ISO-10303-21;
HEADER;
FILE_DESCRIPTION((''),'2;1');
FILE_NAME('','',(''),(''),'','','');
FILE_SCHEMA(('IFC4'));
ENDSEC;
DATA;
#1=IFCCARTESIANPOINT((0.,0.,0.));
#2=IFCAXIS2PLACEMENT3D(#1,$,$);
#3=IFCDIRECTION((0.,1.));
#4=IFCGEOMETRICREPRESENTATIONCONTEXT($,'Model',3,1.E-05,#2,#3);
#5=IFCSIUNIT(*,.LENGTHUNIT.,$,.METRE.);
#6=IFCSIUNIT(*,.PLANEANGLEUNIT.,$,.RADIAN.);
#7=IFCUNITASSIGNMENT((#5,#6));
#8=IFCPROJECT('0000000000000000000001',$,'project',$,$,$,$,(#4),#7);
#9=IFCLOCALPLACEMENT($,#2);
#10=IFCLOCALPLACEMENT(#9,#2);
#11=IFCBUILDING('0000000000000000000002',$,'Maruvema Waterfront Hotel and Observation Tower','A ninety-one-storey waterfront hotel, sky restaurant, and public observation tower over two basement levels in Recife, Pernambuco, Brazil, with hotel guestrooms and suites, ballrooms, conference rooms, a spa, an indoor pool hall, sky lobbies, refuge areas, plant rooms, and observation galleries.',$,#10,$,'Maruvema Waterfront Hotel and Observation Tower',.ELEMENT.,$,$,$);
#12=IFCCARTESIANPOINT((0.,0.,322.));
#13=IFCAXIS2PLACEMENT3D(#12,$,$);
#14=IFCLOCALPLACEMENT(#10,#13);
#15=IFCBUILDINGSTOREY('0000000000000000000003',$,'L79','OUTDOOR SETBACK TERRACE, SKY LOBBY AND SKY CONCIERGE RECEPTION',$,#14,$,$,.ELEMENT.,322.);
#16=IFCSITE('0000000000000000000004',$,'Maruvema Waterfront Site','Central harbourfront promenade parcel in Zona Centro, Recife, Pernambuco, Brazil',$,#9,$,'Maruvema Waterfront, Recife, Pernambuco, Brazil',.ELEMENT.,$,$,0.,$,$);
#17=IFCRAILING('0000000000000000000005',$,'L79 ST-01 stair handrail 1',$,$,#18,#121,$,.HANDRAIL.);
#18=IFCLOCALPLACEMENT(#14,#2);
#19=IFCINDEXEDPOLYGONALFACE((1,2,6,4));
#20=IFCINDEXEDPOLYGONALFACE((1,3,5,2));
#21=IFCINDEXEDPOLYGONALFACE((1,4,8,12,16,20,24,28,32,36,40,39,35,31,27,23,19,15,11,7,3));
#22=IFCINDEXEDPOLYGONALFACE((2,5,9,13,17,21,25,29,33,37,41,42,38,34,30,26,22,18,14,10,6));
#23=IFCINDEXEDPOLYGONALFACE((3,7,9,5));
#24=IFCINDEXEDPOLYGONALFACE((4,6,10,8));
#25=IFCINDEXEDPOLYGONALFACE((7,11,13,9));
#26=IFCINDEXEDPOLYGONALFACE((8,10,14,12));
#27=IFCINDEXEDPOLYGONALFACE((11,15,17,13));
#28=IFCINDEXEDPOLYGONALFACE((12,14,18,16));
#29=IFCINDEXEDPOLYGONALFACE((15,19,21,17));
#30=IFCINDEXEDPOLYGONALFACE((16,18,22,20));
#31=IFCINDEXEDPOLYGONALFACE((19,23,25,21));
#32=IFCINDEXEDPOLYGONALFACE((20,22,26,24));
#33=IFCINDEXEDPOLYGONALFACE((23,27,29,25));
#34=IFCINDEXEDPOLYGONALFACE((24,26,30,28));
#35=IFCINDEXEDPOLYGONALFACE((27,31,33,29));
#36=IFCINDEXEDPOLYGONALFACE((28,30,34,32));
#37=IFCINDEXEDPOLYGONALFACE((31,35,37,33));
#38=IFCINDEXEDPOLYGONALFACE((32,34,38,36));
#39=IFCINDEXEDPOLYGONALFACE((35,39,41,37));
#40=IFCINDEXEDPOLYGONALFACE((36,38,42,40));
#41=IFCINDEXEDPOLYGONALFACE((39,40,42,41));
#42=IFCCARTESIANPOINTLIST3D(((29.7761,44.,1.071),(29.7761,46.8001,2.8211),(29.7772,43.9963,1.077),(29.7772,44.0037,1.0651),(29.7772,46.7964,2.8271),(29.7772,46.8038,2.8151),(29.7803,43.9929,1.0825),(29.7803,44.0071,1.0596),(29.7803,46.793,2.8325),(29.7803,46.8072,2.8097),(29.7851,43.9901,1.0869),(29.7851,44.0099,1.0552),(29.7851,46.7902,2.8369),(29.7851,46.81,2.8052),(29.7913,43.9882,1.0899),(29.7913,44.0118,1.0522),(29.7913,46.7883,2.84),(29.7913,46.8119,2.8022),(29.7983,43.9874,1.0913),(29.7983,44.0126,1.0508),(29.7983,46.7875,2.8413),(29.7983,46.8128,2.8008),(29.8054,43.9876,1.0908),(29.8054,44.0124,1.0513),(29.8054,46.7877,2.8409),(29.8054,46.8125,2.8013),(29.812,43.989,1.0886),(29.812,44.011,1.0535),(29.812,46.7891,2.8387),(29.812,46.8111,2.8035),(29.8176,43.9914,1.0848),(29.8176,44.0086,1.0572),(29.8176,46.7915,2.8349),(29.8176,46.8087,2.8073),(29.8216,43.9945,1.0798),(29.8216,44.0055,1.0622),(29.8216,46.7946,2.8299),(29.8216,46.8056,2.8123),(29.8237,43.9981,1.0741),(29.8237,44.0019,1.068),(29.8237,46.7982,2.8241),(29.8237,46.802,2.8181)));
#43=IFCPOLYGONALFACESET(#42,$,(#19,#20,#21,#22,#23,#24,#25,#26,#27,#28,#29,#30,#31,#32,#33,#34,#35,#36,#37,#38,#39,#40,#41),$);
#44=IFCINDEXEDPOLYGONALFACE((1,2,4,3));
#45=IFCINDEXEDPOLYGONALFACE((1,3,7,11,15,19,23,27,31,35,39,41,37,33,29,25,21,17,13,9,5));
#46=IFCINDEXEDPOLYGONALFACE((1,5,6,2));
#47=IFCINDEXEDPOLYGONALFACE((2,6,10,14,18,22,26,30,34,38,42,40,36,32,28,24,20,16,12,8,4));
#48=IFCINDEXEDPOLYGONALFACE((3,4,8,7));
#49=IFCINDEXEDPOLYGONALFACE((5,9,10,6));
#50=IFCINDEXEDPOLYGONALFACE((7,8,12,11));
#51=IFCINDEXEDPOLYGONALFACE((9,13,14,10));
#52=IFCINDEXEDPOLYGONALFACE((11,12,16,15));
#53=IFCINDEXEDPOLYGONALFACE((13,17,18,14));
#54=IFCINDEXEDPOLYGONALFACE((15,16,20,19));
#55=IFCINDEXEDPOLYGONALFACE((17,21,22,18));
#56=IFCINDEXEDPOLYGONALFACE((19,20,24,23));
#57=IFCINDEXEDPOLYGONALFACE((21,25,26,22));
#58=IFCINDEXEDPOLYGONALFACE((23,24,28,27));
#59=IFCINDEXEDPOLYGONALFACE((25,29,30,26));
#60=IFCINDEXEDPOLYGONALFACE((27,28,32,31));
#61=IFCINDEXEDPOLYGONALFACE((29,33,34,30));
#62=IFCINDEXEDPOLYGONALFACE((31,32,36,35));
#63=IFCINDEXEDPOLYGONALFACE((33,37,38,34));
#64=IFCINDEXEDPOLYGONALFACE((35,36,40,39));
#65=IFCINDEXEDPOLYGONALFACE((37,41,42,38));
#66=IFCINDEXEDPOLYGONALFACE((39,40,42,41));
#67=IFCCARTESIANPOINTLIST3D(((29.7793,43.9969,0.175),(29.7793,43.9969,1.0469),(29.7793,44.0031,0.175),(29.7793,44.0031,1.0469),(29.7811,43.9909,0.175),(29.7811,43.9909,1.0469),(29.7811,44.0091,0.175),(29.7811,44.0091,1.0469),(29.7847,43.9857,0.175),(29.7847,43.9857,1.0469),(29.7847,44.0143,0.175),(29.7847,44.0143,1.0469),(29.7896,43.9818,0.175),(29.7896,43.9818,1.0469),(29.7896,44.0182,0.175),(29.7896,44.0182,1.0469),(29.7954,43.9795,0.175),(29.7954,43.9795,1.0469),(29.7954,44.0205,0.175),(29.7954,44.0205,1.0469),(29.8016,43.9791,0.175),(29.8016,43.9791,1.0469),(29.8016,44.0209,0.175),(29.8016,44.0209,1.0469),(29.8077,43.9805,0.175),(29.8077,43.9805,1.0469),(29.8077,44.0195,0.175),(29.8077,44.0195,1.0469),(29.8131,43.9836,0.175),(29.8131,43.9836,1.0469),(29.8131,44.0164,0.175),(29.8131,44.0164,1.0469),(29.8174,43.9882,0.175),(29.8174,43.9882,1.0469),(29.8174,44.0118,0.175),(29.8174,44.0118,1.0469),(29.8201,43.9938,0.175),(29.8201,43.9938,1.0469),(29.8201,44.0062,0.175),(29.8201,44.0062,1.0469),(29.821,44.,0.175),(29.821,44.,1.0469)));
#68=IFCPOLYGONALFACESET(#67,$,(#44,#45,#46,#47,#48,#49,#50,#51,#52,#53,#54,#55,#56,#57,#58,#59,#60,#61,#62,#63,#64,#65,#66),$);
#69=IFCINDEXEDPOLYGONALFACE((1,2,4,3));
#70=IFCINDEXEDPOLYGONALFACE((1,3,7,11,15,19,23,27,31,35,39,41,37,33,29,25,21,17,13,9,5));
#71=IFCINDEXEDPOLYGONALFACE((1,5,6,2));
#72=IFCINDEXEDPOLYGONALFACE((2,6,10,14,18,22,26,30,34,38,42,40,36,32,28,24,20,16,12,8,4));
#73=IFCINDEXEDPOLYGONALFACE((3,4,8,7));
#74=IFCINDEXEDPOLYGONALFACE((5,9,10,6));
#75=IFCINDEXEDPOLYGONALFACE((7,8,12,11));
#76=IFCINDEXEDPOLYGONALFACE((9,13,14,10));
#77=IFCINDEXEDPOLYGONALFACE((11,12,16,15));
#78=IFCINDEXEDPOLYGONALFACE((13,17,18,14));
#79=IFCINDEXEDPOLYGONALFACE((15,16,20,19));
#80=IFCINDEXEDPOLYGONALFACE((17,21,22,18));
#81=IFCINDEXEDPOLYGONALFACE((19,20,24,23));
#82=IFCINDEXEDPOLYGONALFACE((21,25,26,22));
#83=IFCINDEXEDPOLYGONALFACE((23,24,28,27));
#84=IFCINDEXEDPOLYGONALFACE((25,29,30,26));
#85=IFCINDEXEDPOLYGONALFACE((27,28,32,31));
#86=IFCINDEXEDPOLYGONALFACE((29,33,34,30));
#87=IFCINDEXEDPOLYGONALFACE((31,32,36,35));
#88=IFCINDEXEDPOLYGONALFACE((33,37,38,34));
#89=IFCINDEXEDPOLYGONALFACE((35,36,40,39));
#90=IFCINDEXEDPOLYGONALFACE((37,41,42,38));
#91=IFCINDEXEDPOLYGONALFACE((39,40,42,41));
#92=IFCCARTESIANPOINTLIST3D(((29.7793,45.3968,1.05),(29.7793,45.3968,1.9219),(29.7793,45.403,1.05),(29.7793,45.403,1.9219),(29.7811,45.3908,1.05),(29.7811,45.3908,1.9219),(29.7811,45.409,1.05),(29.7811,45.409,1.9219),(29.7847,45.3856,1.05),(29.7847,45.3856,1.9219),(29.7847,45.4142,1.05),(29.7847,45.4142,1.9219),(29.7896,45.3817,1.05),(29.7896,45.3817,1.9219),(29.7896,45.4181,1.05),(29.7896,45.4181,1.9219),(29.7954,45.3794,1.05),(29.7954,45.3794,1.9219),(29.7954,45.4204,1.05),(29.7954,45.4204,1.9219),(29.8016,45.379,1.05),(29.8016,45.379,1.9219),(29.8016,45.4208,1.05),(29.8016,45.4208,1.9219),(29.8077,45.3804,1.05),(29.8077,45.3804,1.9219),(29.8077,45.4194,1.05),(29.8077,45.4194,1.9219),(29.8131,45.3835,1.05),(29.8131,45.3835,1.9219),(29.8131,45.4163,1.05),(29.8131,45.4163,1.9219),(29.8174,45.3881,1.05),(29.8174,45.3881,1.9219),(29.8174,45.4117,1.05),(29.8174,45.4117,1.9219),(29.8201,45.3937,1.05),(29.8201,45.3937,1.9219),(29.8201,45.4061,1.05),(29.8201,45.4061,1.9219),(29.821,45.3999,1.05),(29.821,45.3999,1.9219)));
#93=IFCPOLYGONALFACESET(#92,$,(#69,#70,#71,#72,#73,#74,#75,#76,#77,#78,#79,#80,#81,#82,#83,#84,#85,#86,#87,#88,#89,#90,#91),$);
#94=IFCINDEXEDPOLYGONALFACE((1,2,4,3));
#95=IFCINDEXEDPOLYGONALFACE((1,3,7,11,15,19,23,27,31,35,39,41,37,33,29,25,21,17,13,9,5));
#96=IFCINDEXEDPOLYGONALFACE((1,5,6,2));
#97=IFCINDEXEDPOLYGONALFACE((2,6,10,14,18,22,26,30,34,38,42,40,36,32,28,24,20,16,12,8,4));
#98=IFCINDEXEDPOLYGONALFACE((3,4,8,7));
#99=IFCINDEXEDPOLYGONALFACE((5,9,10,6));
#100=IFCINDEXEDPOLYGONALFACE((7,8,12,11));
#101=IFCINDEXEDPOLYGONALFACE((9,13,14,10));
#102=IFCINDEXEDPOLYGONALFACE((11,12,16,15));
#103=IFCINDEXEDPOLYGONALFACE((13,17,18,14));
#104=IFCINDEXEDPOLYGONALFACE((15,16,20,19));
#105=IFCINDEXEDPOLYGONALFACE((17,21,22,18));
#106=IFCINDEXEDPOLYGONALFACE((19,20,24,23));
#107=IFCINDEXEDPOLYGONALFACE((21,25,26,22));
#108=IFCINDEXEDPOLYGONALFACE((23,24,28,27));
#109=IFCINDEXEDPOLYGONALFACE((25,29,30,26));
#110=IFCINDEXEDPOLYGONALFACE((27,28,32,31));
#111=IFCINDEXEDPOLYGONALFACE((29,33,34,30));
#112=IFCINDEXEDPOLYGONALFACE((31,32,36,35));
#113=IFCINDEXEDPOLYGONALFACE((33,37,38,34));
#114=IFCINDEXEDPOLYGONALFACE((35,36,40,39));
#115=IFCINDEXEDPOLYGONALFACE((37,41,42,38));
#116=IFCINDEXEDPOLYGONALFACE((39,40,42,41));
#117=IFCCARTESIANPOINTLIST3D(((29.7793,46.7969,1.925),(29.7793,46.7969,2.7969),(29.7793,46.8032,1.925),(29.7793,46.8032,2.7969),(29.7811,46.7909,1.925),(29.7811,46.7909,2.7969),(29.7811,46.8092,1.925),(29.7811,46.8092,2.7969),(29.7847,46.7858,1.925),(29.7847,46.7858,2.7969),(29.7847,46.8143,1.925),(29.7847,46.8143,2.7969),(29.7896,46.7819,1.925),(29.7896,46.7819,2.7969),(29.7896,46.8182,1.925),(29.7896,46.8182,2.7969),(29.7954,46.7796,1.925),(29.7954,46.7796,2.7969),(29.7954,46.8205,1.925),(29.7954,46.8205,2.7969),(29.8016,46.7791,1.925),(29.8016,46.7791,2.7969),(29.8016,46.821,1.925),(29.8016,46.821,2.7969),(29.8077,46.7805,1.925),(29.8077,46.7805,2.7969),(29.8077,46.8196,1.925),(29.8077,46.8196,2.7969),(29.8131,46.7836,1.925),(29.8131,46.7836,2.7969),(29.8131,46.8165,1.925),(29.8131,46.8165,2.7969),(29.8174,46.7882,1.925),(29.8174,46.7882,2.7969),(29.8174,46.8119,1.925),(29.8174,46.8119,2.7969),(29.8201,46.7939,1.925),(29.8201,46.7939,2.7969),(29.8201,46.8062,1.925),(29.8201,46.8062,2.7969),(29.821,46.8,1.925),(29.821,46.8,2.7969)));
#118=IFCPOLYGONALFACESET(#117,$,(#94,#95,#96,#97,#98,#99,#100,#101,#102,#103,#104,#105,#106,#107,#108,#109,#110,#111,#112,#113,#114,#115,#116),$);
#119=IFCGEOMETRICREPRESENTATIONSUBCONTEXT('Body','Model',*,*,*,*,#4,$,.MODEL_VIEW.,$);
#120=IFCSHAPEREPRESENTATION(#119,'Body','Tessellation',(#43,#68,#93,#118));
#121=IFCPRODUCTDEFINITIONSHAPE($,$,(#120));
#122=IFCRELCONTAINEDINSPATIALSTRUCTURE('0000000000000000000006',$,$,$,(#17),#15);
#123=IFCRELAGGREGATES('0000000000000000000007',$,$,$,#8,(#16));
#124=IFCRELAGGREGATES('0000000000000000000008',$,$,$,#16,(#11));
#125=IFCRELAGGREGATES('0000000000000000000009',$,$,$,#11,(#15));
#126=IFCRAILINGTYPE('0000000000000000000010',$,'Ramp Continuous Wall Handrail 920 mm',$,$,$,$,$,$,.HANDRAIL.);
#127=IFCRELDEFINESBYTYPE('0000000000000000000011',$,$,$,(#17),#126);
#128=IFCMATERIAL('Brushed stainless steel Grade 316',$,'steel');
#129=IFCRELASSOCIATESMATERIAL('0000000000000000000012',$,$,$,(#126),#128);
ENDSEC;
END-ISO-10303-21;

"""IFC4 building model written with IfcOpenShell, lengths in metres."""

from ifc_helpers import new_model, si_unit, direction, frame, origin, origin_2d, place, context, subcontext, project, spatial, circle, extrude, material, type_object, element, save


model = new_model("IFC4")

# Units and contexts
model_context = context("Model", 3, precision=1e-05, world=origin(), true_north=direction((0.0, 1.0)))
body_context = subcontext(model_context, "Body", "Model", "MODEL_VIEW")
ifc_project = project(units=[si_unit("LENGTHUNIT", "METRE"), si_unit("PLANEANGLEUNIT", "RADIAN")], contexts=[model_context])

# Site, building, storey
site_placement = place(None, origin())
site = spatial("IfcSite", under=ifc_project, at=site_placement, Name="Maruvema Waterfront Site", Description="Central harbourfront promenade parcel in Zona Centro, Recife, Pernambuco, Brazil", LongName="Maruvema Waterfront, Recife, Pernambuco, Brazil", CompositionType="ELEMENT", RefElevation=0.0)
building_placement = place(site_placement, origin())
building = spatial("IfcBuilding", under=site, at=building_placement, Name="Maruvema Waterfront Hotel and Observation Tower", Description="A ninety-one-storey waterfront hotel, sky restaurant, and public observation tower over two basement levels in Recife, Pernambuco, Brazil, with hotel guestrooms and suites, ballrooms, conference rooms, a spa, an indoor pool hall, sky lobbies, refuge areas, plant rooms, and observation galleries.", LongName="Maruvema Waterfront Hotel and Observation Tower", CompositionType="ELEMENT")
storey_placement = place(building_placement, frame((0.0, 0.0, 322.0)))
storey = spatial("IfcBuildingStorey", under=building, at=storey_placement, Name="L79", Description="OUTDOOR SETBACK TERRACE, SKY LOBBY AND SKY CONCIERGE RECEPTION", CompositionType="ELEMENT", Elevation=322.0)

# Railing
ifc_material_1 = material(Name="Brushed stainless steel Grade 316", Category="steel")
railing_type_1 = type_object("IfcRailingType", Name="Ramp Continuous Wall Handrail 920 mm", PredefinedType="HANDRAIL", material=ifc_material_1)
railing_1_placement = place(storey_placement, frame((29.8, 44.0, 0.175)))
element("IfcRailing", 1, at=railing_1_placement, inside=storey, type_object=railing_type_1, Name="L79 ST-01 stair handrail 1", PredefinedType="HANDRAIL", context=body_context, shape_type="SweptSolid", body=[
    extrude(circle(Radius=0.0239, at=origin_2d()), frame((0.0, 0.0, 0.896), z_axis=(0.0, 0.848002, 0.529992), x_axis=(-1.0, 0.0, 0.0)), (0.0, 0.0, 1.0), 3.302),
    extrude(circle(Radius=0.021, at=origin_2d()), origin(), (0.0, 0.0, 1.0), 0.8718),
    extrude(circle(Radius=0.021, at=origin_2d()), frame((0.0, 1.3999, 0.875)), (0.0, 0.0, 1.0), 0.8718),
    extrude(circle(Radius=0.021, at=origin_2d()), frame((0.0, 2.8, 1.75)), (0.0, 0.0, 1.0), 0.8718),
])

save(model, "model.ifc")
